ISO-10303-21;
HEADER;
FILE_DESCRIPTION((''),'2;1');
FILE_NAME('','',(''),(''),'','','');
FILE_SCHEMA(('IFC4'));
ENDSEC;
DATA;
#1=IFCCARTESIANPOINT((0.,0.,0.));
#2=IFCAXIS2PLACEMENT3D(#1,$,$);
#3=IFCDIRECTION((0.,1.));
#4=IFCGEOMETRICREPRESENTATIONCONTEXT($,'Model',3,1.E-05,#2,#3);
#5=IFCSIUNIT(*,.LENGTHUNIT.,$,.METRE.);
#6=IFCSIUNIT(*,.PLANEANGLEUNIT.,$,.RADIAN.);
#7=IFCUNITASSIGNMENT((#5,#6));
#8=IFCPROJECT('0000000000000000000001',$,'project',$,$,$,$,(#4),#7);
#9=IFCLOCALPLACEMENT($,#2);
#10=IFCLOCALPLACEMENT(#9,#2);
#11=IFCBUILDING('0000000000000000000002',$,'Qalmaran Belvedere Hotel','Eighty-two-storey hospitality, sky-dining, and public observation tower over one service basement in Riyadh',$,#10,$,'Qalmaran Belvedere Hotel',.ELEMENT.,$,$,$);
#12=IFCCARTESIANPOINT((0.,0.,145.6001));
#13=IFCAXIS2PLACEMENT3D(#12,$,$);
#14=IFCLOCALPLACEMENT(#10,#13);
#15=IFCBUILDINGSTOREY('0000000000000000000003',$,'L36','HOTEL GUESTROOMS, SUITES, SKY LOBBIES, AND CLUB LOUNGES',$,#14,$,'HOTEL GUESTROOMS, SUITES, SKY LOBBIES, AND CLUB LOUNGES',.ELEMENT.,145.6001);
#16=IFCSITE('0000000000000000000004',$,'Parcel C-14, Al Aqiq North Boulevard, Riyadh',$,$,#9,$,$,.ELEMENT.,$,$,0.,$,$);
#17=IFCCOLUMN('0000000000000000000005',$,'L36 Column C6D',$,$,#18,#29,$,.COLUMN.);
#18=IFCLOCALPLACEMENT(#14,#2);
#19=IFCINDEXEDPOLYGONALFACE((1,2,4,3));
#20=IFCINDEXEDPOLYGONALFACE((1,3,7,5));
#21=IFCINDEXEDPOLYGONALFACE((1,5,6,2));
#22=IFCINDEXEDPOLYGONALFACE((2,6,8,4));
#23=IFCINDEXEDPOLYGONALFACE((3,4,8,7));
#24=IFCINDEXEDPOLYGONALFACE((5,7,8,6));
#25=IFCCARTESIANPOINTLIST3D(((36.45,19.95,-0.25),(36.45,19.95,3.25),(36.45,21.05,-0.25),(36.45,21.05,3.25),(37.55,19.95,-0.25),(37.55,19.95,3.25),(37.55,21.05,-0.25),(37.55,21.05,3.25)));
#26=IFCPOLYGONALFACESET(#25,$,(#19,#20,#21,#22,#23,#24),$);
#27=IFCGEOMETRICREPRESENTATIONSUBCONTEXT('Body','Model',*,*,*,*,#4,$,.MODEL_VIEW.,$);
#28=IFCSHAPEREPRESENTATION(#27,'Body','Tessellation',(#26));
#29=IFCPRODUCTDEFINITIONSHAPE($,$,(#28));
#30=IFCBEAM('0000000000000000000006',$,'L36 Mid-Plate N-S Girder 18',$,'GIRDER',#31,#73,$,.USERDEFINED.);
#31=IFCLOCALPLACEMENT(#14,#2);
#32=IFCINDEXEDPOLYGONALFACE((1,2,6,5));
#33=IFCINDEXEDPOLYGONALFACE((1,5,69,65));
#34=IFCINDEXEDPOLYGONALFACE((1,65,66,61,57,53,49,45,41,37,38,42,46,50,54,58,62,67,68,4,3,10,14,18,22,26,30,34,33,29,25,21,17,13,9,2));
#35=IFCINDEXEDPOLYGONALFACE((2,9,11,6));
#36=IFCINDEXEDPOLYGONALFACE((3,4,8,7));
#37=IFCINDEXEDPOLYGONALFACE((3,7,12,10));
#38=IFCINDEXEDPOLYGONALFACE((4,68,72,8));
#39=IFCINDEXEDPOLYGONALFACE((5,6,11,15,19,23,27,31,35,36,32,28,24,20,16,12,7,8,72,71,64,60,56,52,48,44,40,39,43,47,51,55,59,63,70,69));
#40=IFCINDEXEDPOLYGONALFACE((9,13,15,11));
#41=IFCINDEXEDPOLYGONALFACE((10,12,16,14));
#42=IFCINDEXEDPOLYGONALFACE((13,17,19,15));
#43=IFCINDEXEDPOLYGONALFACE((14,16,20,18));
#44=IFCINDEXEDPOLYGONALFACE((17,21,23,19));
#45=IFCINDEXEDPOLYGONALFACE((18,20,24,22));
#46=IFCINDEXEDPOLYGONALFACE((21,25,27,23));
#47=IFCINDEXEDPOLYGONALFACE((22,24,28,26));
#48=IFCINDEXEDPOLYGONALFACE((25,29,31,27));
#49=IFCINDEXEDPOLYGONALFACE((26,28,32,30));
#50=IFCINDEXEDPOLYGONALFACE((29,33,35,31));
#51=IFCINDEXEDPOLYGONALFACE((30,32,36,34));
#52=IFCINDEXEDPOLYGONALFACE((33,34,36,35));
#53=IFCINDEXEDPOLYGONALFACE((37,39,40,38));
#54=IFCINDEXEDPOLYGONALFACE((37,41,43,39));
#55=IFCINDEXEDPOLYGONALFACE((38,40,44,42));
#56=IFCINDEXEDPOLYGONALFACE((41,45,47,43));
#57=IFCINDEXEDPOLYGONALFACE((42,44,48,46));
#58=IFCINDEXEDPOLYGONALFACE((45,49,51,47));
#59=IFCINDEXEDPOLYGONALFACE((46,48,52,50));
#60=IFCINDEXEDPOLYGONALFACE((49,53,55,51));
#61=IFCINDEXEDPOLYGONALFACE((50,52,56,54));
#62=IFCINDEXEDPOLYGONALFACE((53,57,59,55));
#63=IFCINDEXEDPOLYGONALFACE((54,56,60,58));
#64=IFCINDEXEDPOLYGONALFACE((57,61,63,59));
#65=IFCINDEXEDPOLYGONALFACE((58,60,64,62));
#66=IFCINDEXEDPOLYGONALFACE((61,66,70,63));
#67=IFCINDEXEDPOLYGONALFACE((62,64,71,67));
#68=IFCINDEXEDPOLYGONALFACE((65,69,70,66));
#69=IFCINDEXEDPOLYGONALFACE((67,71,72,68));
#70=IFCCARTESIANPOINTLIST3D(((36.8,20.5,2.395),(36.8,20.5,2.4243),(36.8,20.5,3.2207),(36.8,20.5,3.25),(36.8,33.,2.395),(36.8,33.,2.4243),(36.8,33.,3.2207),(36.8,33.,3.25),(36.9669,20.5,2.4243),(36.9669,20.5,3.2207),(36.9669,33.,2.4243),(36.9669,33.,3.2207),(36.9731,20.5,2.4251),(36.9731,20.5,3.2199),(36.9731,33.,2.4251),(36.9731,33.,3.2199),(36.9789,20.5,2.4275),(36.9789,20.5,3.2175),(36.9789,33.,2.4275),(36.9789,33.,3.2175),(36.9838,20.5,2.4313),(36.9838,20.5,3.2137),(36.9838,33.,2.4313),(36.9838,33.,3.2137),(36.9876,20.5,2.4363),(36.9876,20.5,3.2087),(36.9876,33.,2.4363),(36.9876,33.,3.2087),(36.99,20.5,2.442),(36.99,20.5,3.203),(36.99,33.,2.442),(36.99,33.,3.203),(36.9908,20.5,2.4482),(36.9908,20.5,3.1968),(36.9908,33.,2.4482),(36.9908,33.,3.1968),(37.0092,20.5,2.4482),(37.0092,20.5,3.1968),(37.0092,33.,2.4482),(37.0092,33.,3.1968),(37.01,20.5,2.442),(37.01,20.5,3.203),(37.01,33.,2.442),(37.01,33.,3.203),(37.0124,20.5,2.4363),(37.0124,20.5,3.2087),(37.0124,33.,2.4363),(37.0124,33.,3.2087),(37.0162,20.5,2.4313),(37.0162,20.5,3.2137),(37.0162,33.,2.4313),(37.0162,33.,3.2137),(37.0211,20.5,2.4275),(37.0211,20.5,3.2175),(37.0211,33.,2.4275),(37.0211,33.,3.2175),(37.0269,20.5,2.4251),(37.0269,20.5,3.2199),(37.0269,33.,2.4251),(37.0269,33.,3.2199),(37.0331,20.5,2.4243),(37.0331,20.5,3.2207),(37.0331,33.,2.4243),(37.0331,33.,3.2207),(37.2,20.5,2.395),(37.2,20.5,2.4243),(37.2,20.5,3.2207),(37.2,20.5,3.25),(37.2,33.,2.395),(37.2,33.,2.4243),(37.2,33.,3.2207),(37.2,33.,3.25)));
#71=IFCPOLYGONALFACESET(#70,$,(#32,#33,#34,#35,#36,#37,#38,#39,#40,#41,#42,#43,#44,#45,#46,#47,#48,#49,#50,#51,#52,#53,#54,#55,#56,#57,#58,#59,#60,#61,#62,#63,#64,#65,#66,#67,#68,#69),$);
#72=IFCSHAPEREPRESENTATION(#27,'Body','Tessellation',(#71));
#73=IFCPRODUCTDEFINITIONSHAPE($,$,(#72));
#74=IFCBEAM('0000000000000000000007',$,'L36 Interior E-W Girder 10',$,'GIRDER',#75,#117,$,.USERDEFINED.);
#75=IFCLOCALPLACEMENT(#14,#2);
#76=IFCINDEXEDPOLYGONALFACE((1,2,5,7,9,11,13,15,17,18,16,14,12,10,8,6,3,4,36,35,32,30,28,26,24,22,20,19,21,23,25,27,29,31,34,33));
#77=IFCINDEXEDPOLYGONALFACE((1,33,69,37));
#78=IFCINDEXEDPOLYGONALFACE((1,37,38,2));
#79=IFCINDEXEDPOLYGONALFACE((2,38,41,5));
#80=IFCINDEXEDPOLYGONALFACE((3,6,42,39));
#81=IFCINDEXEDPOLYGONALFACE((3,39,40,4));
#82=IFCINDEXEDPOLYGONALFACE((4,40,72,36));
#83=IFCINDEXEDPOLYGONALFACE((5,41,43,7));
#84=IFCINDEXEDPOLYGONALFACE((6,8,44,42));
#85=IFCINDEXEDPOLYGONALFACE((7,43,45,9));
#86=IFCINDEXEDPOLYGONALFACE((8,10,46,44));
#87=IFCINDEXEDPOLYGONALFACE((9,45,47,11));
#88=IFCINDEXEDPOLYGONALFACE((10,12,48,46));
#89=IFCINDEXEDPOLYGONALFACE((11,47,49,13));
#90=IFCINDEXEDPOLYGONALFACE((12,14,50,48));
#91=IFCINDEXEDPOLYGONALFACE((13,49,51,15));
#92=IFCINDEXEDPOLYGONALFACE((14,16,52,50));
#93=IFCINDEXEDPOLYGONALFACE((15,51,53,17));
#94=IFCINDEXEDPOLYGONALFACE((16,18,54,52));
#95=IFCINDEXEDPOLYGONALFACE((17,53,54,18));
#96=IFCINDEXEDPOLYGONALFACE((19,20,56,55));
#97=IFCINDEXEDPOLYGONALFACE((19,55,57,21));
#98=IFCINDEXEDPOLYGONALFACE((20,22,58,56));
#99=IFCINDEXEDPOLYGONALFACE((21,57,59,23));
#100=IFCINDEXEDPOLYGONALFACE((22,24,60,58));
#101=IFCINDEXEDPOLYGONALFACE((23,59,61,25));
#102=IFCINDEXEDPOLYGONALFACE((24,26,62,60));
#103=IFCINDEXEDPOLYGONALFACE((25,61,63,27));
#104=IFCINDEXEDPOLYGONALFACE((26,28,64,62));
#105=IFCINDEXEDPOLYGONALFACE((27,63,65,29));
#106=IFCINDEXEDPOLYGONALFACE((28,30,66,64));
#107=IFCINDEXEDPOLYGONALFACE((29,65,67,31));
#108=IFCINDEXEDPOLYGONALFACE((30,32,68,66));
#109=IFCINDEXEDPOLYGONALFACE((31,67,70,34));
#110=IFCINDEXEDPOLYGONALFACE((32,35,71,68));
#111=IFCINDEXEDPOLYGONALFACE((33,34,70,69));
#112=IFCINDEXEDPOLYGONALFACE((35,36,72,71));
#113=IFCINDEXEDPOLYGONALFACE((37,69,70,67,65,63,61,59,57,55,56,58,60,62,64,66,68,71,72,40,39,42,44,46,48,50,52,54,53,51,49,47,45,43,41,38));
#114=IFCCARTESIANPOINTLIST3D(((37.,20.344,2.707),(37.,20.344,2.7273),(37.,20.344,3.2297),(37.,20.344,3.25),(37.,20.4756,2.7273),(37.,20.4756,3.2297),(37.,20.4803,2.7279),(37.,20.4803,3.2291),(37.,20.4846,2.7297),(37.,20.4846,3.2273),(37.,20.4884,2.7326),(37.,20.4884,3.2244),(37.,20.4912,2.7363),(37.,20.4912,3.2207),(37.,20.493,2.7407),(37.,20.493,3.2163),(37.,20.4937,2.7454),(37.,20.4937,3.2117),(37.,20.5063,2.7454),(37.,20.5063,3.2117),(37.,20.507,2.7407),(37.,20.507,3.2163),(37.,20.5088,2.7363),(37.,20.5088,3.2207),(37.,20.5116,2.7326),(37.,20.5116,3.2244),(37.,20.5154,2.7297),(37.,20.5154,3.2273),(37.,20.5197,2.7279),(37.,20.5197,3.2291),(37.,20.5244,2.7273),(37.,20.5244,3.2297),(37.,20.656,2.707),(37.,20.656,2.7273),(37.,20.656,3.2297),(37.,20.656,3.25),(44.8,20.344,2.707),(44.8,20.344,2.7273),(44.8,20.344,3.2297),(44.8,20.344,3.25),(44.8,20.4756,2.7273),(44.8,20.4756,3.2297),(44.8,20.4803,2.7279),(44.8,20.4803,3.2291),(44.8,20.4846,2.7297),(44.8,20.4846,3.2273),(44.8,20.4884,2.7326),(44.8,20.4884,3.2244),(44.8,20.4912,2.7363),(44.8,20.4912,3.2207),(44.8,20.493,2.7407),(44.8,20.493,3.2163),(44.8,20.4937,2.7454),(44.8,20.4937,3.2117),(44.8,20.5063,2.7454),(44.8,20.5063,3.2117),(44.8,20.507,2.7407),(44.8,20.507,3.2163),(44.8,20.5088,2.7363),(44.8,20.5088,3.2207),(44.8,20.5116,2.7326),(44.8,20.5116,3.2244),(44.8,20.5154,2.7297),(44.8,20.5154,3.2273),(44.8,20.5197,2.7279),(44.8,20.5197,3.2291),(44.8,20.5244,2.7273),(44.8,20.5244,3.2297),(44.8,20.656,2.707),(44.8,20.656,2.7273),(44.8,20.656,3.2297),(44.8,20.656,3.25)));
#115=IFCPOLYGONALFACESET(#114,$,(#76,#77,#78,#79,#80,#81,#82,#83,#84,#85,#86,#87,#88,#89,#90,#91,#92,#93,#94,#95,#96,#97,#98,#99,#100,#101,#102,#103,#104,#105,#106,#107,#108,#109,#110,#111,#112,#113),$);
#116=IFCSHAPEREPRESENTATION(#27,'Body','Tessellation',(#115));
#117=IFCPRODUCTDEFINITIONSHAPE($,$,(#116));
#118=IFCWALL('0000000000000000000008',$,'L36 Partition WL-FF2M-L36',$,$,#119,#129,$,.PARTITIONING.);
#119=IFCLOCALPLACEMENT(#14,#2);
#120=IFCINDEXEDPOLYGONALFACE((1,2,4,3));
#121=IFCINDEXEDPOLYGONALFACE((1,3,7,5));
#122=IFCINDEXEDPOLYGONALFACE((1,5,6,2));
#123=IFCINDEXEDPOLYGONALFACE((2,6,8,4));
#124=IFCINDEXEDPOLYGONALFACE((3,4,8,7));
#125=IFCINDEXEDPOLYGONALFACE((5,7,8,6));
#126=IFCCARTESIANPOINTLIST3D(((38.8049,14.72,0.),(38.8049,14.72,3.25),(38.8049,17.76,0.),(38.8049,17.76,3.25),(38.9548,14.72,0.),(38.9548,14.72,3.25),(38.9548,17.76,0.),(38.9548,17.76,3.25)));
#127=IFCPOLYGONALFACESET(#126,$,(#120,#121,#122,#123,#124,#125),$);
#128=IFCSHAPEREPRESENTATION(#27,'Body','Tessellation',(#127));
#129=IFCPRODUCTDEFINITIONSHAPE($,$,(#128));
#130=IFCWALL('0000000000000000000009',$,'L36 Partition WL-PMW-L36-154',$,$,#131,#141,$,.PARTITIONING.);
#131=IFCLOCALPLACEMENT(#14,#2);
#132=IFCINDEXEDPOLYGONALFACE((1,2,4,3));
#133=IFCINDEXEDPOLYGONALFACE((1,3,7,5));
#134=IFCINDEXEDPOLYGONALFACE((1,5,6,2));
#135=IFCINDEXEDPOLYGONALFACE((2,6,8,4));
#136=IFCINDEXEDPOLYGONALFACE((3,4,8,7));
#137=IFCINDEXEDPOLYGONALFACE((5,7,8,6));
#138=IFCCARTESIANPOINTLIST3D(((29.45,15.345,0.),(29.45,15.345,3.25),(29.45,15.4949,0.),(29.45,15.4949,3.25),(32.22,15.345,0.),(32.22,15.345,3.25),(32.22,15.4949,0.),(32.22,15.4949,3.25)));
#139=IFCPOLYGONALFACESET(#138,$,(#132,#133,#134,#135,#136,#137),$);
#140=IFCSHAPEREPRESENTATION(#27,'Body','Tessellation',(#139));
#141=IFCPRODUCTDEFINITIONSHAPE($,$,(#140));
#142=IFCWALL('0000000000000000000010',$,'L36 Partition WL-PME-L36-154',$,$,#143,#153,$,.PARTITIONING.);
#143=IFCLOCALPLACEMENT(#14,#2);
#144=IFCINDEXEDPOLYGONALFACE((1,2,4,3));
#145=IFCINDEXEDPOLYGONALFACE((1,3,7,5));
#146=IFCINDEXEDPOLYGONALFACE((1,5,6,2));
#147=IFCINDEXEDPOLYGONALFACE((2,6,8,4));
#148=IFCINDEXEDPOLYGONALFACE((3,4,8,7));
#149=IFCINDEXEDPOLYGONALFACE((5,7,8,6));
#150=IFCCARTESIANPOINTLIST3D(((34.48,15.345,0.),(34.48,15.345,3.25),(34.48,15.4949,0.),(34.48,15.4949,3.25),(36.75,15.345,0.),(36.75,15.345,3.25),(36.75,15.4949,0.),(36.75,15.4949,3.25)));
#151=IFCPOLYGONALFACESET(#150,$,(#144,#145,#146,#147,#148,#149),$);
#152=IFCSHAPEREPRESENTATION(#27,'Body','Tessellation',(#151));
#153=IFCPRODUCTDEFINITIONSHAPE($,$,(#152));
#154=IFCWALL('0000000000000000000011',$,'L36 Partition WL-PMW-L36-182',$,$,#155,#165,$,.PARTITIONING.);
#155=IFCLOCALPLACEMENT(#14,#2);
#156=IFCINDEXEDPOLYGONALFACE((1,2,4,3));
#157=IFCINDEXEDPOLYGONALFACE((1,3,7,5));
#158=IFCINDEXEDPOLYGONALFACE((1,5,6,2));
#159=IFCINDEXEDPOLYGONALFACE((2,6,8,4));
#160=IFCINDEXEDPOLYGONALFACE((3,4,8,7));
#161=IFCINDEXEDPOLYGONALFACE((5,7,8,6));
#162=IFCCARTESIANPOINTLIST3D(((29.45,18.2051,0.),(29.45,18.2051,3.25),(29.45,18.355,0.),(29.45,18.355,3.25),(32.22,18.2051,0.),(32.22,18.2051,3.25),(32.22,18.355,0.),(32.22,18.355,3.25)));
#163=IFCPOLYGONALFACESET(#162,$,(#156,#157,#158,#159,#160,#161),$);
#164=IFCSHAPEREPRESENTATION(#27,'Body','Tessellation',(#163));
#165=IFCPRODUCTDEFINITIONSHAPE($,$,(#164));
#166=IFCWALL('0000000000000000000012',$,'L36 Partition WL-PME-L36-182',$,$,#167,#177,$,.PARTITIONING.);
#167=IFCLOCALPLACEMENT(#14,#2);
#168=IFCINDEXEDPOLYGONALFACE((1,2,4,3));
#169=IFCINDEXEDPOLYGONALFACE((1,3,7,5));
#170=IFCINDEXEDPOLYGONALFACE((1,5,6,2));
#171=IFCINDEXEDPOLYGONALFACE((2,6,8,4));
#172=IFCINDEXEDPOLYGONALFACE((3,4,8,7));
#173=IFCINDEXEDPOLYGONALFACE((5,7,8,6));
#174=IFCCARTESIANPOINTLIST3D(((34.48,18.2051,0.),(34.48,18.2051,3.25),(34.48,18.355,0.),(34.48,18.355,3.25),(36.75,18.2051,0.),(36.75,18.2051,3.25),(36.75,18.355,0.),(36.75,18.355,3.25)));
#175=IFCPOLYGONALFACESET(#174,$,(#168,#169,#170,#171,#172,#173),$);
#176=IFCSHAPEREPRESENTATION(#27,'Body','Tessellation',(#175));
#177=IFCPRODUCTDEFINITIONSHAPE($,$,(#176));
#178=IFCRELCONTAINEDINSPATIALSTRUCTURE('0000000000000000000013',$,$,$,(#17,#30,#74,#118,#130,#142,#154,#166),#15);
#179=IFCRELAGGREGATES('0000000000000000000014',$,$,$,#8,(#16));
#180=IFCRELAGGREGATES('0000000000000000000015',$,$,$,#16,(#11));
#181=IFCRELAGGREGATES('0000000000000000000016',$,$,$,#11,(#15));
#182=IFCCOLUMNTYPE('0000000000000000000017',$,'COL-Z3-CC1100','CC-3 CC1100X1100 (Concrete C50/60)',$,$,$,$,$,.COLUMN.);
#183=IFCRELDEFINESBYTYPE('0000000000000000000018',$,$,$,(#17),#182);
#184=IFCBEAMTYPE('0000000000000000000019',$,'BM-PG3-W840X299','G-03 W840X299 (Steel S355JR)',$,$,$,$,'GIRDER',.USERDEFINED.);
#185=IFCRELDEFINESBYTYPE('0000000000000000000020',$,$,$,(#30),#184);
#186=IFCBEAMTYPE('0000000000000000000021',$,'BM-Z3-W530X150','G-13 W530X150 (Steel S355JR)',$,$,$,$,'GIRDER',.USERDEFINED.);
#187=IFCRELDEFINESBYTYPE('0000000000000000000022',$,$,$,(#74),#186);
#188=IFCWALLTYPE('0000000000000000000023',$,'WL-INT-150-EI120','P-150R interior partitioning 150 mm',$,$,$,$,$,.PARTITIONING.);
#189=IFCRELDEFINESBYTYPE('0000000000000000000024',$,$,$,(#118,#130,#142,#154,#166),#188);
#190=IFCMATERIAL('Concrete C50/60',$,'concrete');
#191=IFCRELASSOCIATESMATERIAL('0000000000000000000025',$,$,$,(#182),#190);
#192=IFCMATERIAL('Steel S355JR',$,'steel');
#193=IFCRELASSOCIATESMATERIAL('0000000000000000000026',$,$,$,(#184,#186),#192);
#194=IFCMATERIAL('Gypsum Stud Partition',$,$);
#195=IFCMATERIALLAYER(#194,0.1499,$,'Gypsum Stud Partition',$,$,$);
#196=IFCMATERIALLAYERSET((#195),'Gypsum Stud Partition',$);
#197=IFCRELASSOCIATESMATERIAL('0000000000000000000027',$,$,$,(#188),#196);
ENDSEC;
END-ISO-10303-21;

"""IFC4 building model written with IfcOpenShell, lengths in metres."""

from ifc_helpers import new_model, si_unit, direction, frame, frame_2d, origin, origin_2d, place, context, subcontext, project, spatial, rectangle, i_section, extrude, material, layer, layer_set, material_profile, profile_set, type_object, element, save


model = new_model("IFC4")

# Units and contexts
model_context = context("Model", 3, precision=1e-05, world=origin(), true_north=direction((0.0, 1.0)))
body_context = subcontext(model_context, "Body", "Model", "MODEL_VIEW")
ifc_project = project(units=[si_unit("LENGTHUNIT", "METRE"), si_unit("PLANEANGLEUNIT", "RADIAN")], contexts=[model_context])

# Site, building, storey
site_placement = place(None, origin())
site = spatial("IfcSite", under=ifc_project, at=site_placement, Name="Parcel C-14, Al Aqiq North Boulevard, Riyadh", CompositionType="ELEMENT", RefElevation=0.0)
building_placement = place(site_placement, origin())
building = spatial("IfcBuilding", under=site, at=building_placement, Name="Qalmaran Belvedere Hotel", Description="Eighty-two-storey hospitality, sky-dining, and public observation tower over one service basement in Riyadh", LongName="Qalmaran Belvedere Hotel", CompositionType="ELEMENT")
storey_placement = place(building_placement, frame((0.0, 0.0, 145.6001)))
storey = spatial("IfcBuildingStorey", under=building, at=storey_placement, Name="L36", Description="HOTEL GUESTROOMS, SUITES, SKY LOBBIES, AND CLUB LOUNGES", LongName="HOTEL GUESTROOMS, SUITES, SKY LOBBIES, AND CLUB LOUNGES", CompositionType="ELEMENT", Elevation=145.6001)

# Column
ifc_material_1 = material(Name="Concrete C50/60", Category="concrete")
ifc_material_profile_1 = material_profile(ifc_material_1, rectangle(XDim=1.1001, YDim=1.1001, at=origin_2d()), Name="CC1100X1100")
ifc_profile_set_1 = profile_set([ifc_material_profile_1], Name="Concrete C50/60")
column_type = type_object("IfcColumnType", Name="COL-Z3-CC1100", Description="CC-3 CC1100X1100 (Concrete C50/60)", PredefinedType="COLUMN", material=ifc_profile_set_1)
column_placement = place(storey_placement, frame((37.0, 20.5, -0.25), z_axis=(0.0, 0.0, 1.0), x_axis=(1.0, 0.0, 0.0)))
element("IfcColumn", 1, at=column_placement, inside=storey, type_object=column_type, Name="L36 Column C6D", PredefinedType="COLUMN", context=body_context, shape_type="SweptSolid", body=[
    extrude(rectangle(XDim=1.1001, YDim=1.1001, at=origin_2d()), origin(), (0.0, 0.0, 1.0), 3.5),
])

# Beams
ifc_material_2 = material(Name="Steel S355JR", Category="steel")
ifc_material_profile_2 = material_profile(ifc_material_2, i_section(OverallWidth=0.3999, OverallDepth=0.855, WebThickness=0.0183, FlangeThickness=0.0293, FilletRadius=0.0239, at=origin_2d()), Name="W840X299")
ifc_profile_set_2 = profile_set([ifc_material_profile_2], Name="Steel S355JR")
beam_type_1 = type_object("IfcBeamType", Name="BM-PG3-W840X299", Description="G-03 W840X299 (Steel S355JR)", ElementType="GIRDER", PredefinedType="USERDEFINED", material=ifc_profile_set_2)
beam_1_placement = place(storey_placement, frame((37.0, 20.5, 2.8225), z_axis=(0.0, 1.0, 0.0), x_axis=(-1.0, 0.0, 0.0)))
element("IfcBeam", 2, at=beam_1_placement, inside=storey, type_object=beam_type_1, Name="L36 Mid-Plate N-S Girder 18", ObjectType="GIRDER", PredefinedType="USERDEFINED", context=body_context, shape_type="SweptSolid", body=[
    extrude(i_section(OverallWidth=0.3999, OverallDepth=0.855, WebThickness=0.0183, FlangeThickness=0.0293, FilletRadius=0.0239, at=origin_2d()), origin(), (0.0, 0.0, 1.0), 12.5),
])
ifc_material_profile_3 = material_profile(ifc_material_2, i_section(OverallWidth=0.312, OverallDepth=0.543, WebThickness=0.0127, FlangeThickness=0.0203, FilletRadius=0.0181, at=origin_2d()), Name="W530X150")
ifc_profile_set_3 = profile_set([ifc_material_profile_3], Name="Steel S355JR")
beam_type_2 = type_object("IfcBeamType", Name="BM-Z3-W530X150", Description="G-13 W530X150 (Steel S355JR)", ElementType="GIRDER", PredefinedType="USERDEFINED", material=ifc_profile_set_3)
beam_2_placement = place(storey_placement, frame((37.0, 20.5, 2.9785), z_axis=(1.0, 0.0, 0.0), x_axis=(0.0, 1.0, 0.0)))
element("IfcBeam", 3, at=beam_2_placement, inside=storey, type_object=beam_type_2, Name="L36 Interior E-W Girder 10", ObjectType="GIRDER", PredefinedType="USERDEFINED", context=body_context, shape_type="SweptSolid", body=[
    extrude(i_section(OverallWidth=0.312, OverallDepth=0.543, WebThickness=0.0127, FlangeThickness=0.0203, FilletRadius=0.0181, at=origin_2d()), origin(), (0.0, 0.0, 1.0), 7.8),
])

# Walls
ifc_material_3 = material(Name="Gypsum Stud Partition")
ifc_layer_1 = layer(ifc_material_3, 0.1499, Name="Gypsum Stud Partition")
ifc_layer_set_1 = layer_set([ifc_layer_1], Name="Gypsum Stud Partition")
wall_type_1 = type_object("IfcWallType", Name="WL-INT-150-EI120", Description="P-150R interior partitioning 150 mm", PredefinedType="PARTITIONING", material=ifc_layer_set_1)
wall_1_placement = place(storey_placement, frame((38.8799, 14.72, 0.0), z_axis=(0.0, 0.0, 1.0), x_axis=(0.0, 1.0, 0.0)))
element("IfcWall", 4, at=wall_1_placement, inside=storey, type_object=wall_type_1, Name="L36 Partition WL-FF2M-L36", PredefinedType="PARTITIONING", context=body_context, shape_type="SweptSolid", body=[
    extrude(rectangle(XDim=3.04, YDim=0.1499, at=frame_2d((1.52, 0.0))), origin(), (0.0, 0.0, 1.0), 3.25),
])
wall_2_placement = place(storey_placement, frame((29.45, 15.4199, 0.0), z_axis=(0.0, 0.0, 1.0), x_axis=(1.0, 0.0, 0.0)))
element("IfcWall", 5, at=wall_2_placement, inside=storey, type_object=wall_type_1, Name="L36 Partition WL-PMW-L36-154", PredefinedType="PARTITIONING", context=body_context, shape_type="SweptSolid", body=[
    extrude(rectangle(XDim=2.77, YDim=0.1499, at=frame_2d((1.385, 0.0))), origin(), (0.0, 0.0, 1.0), 3.25),
])
wall_3_placement = place(storey_placement, frame((34.48, 15.4199, 0.0), z_axis=(0.0, 0.0, 1.0), x_axis=(1.0, 0.0, 0.0)))
element("IfcWall", 6, at=wall_3_placement, inside=storey, type_object=wall_type_1, Name="L36 Partition WL-PME-L36-154", PredefinedType="PARTITIONING", context=body_context, shape_type="SweptSolid", body=[
    extrude(rectangle(XDim=2.27, YDim=0.1499, at=frame_2d((1.135, 0.0))), origin(), (0.0, 0.0, 1.0), 3.25),
])
wall_4_placement = place(storey_placement, frame((29.45, 18.28, 0.0), z_axis=(0.0, 0.0, 1.0), x_axis=(1.0, 0.0, 0.0)))
element("IfcWall", 7, at=wall_4_placement, inside=storey, type_object=wall_type_1, Name="L36 Partition WL-PMW-L36-182", PredefinedType="PARTITIONING", context=body_context, shape_type="SweptSolid", body=[
    extrude(rectangle(XDim=2.77, YDim=0.1499, at=frame_2d((1.385, 0.0))), origin(), (0.0, 0.0, 1.0), 3.25),
])
wall_5_placement = place(storey_placement, frame((34.48, 18.28, 0.0), z_axis=(0.0, 0.0, 1.0), x_axis=(1.0, 0.0, 0.0)))
element("IfcWall", 8, at=wall_5_placement, inside=storey, type_object=wall_type_1, Name="L36 Partition WL-PME-L36-182", PredefinedType="PARTITIONING", context=body_context, shape_type="SweptSolid", body=[
    extrude(rectangle(XDim=2.27, YDim=0.1499, at=frame_2d((1.135, 0.0))), origin(), (0.0, 0.0, 1.0), 3.25),
])

save(model, "model.ifc")
